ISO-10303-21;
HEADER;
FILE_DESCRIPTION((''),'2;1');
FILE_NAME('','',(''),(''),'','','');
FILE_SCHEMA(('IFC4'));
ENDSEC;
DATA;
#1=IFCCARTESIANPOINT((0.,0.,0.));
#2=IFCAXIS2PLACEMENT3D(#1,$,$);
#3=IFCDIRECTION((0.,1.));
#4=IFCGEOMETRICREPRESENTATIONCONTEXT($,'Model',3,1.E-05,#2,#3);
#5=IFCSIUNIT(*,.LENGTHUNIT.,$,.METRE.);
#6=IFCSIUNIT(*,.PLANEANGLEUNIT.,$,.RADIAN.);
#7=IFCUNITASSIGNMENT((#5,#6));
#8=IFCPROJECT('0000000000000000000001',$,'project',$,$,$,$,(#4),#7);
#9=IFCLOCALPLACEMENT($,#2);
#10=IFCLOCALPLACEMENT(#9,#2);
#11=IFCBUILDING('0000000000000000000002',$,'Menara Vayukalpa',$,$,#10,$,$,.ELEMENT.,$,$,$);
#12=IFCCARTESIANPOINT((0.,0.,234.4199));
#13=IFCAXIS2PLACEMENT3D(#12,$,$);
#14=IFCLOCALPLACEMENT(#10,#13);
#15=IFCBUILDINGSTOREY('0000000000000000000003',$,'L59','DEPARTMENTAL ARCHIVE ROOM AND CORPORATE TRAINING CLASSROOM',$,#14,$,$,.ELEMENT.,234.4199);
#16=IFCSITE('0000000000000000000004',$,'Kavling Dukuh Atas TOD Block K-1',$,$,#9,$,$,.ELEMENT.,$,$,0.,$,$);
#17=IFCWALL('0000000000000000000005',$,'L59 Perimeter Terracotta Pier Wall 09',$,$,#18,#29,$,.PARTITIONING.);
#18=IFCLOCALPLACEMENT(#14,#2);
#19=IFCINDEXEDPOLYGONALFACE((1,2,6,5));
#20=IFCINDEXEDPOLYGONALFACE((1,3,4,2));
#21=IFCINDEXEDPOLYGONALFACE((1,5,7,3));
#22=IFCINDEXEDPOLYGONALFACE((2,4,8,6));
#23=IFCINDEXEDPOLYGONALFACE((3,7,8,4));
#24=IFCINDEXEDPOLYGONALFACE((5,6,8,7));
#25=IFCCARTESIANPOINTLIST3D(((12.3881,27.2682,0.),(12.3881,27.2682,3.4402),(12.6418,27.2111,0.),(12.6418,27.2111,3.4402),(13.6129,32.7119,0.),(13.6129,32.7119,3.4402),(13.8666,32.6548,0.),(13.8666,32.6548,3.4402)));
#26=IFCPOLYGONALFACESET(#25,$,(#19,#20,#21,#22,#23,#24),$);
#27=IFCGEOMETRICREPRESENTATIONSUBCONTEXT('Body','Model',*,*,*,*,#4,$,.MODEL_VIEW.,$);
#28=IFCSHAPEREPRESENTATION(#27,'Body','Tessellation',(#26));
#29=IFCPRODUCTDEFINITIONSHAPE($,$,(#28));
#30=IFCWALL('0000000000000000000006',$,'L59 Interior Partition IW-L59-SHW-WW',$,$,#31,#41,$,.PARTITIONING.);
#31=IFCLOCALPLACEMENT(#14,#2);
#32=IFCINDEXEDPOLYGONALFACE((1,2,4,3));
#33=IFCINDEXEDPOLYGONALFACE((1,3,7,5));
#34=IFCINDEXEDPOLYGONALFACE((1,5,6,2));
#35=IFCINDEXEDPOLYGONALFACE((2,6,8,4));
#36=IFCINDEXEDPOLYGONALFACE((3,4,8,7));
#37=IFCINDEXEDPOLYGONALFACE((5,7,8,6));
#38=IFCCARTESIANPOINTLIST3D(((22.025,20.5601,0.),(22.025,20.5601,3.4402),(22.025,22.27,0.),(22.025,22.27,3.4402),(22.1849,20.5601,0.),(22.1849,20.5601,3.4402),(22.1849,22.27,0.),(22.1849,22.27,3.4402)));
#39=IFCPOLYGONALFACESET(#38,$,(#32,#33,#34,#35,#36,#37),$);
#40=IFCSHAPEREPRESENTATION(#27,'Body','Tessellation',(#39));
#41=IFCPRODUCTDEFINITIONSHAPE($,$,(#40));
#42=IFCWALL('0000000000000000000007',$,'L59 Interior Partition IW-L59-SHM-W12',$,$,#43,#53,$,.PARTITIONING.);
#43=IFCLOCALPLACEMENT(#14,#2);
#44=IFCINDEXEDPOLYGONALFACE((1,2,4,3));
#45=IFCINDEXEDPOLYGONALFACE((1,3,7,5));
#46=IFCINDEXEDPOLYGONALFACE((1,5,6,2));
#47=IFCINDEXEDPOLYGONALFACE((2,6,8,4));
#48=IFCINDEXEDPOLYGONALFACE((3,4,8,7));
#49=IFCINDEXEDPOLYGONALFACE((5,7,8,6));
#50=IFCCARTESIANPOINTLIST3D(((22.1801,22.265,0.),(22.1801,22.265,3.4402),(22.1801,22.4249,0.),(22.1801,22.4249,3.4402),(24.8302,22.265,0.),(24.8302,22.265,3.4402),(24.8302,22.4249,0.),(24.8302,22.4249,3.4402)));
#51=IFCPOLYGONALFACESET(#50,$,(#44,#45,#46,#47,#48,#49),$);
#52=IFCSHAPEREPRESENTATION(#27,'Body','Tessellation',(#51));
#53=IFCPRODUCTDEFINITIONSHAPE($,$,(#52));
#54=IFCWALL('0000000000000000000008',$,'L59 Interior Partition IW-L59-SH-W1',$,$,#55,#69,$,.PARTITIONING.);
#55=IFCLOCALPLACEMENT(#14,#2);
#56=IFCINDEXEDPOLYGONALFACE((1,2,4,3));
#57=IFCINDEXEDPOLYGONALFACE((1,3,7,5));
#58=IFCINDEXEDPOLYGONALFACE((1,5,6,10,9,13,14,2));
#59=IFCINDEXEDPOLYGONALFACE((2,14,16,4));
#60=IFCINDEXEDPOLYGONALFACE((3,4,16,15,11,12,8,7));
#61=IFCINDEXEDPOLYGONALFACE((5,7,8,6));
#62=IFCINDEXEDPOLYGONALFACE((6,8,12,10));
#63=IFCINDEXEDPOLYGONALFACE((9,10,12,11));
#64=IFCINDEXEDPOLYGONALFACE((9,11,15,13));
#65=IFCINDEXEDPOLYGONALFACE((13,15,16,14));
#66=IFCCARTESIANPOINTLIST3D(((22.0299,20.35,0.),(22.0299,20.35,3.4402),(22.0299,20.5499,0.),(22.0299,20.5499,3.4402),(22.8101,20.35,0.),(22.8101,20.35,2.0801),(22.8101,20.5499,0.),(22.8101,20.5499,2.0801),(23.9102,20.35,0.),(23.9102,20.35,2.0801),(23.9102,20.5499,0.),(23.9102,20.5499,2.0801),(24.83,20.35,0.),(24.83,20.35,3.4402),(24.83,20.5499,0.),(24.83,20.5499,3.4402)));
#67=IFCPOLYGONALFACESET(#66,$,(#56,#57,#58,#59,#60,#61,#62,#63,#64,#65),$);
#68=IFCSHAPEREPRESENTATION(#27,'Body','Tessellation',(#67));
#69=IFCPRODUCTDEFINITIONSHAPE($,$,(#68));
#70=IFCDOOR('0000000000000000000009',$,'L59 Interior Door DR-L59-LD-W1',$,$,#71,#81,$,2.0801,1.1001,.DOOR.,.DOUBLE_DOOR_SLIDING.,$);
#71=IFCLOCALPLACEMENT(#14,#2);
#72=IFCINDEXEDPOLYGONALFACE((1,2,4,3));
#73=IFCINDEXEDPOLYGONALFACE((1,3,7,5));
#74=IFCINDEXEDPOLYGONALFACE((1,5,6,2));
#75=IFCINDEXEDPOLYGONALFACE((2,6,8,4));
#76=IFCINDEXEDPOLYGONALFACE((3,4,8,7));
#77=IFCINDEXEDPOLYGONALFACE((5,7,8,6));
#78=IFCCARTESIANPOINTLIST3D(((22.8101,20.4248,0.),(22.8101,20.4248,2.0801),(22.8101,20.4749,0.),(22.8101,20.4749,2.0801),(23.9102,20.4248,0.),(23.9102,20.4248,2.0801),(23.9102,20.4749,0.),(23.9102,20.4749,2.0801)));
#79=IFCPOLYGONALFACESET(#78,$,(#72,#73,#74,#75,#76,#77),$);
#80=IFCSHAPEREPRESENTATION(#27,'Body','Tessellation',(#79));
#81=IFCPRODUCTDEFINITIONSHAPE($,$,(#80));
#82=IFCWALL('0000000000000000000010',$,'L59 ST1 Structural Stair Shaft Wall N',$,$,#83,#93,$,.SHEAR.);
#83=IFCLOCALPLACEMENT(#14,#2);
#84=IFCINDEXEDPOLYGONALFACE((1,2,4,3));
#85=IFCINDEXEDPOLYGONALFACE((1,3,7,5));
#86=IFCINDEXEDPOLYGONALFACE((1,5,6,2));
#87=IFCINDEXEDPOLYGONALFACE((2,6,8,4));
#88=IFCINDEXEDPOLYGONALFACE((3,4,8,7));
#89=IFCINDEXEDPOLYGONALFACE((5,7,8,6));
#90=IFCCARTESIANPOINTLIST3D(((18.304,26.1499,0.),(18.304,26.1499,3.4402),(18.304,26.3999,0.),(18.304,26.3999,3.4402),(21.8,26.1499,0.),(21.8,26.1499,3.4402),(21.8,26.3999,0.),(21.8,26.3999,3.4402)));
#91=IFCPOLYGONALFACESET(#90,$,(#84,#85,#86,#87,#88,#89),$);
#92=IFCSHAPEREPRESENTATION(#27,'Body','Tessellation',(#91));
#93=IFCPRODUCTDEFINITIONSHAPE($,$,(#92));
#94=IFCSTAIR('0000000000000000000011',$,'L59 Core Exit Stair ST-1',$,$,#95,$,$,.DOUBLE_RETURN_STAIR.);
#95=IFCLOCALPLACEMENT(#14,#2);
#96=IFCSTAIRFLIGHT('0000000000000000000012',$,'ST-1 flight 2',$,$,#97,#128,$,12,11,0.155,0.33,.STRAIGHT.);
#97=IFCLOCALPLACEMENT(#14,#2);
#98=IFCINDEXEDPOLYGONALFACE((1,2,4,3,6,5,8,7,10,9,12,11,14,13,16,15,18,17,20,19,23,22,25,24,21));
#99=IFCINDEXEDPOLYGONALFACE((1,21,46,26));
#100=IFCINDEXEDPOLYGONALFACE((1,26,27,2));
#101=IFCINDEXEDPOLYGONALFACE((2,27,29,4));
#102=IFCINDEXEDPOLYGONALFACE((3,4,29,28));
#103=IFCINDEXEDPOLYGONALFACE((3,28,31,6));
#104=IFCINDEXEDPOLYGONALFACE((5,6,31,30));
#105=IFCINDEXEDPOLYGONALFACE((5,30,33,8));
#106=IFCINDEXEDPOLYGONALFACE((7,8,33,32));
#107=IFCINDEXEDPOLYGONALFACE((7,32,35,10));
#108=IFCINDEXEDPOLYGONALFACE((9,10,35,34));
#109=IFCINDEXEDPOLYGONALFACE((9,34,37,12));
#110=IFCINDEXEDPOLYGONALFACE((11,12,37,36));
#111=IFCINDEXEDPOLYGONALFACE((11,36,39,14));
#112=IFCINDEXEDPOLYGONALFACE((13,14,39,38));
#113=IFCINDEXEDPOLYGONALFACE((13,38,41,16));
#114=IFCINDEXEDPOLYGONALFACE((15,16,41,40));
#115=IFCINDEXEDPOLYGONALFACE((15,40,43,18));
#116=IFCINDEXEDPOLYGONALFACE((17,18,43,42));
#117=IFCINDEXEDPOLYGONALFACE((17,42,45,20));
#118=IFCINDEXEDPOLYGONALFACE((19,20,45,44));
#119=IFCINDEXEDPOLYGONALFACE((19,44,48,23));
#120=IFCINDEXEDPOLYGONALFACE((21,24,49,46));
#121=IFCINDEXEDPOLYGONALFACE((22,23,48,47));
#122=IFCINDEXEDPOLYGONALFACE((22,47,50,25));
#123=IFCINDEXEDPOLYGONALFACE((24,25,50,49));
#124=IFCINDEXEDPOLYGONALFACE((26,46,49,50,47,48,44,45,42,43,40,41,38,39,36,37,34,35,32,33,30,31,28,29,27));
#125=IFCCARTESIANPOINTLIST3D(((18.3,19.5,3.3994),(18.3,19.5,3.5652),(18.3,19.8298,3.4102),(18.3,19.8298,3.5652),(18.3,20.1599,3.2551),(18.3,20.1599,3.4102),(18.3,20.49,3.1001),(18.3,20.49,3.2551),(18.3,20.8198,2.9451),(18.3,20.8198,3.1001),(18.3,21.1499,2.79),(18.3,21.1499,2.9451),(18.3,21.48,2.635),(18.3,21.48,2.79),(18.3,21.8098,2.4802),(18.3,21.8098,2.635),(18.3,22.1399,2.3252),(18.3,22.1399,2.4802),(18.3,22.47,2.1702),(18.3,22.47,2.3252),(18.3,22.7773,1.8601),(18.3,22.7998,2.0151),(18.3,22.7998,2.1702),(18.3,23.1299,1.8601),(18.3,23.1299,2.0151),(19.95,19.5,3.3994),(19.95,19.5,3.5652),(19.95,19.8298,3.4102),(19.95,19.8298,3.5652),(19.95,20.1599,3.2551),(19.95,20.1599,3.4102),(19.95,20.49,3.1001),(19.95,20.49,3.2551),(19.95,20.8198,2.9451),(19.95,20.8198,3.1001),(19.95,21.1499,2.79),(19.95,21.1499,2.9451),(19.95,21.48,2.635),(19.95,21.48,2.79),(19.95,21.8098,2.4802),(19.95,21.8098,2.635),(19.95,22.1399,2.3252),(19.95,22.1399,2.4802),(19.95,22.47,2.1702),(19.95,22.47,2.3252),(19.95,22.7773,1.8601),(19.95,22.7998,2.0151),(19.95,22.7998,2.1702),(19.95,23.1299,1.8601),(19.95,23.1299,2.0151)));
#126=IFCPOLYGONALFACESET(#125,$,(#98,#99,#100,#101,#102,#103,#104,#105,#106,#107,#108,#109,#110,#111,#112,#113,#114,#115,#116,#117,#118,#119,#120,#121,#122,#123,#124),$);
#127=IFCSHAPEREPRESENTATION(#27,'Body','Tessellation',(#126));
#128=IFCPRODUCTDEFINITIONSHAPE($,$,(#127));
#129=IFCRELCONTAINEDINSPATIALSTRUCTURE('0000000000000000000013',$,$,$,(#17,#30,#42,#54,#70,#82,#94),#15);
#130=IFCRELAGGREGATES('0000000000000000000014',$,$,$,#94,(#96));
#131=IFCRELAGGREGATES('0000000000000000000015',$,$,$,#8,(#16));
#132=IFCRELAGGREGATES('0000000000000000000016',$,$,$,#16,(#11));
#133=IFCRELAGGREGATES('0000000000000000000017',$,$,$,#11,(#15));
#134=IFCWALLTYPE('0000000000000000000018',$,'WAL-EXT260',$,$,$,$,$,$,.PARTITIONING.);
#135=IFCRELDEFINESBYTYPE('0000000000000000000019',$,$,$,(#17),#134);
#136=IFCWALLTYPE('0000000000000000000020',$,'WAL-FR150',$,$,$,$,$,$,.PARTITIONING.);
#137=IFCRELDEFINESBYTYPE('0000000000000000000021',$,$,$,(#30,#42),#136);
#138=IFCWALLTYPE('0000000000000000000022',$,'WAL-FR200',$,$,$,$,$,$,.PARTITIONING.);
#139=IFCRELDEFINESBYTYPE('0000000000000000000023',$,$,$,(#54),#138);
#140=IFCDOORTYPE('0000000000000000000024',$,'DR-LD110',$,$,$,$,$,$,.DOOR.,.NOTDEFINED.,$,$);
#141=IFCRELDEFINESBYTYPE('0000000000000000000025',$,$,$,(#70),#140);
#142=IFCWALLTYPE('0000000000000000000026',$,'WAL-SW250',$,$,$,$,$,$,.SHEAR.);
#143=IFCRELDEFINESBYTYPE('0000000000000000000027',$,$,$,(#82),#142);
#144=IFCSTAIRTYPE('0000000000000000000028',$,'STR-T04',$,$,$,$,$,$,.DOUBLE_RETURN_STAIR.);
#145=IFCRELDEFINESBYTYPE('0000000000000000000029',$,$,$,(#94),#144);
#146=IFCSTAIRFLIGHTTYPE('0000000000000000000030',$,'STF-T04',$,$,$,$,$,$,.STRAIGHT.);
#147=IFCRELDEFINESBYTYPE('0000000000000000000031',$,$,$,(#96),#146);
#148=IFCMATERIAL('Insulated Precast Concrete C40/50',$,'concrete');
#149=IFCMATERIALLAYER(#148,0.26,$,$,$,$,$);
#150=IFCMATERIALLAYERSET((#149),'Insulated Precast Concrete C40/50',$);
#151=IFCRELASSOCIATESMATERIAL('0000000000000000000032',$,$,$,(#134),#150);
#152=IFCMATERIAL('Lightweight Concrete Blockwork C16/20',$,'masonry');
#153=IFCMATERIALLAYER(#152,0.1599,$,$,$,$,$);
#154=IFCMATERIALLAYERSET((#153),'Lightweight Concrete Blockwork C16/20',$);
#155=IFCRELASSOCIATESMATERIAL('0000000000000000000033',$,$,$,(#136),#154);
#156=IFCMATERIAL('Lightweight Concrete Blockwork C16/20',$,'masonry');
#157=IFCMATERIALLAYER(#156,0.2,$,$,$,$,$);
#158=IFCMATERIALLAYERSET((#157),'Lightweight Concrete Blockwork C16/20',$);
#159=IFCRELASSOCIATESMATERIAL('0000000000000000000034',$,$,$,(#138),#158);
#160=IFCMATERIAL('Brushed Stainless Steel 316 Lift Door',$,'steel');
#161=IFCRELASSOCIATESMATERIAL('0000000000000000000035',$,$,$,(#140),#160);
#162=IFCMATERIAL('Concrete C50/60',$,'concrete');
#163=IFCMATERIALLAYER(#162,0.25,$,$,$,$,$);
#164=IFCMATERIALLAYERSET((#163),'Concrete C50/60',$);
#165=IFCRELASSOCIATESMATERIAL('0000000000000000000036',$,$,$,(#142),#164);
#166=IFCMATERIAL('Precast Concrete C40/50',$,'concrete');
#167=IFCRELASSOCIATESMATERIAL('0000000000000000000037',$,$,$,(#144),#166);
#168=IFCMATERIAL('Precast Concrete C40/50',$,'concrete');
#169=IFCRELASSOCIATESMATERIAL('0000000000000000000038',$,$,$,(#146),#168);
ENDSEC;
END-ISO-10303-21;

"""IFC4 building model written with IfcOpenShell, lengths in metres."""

from ifc_helpers import new_model, si_unit, direction, frame, frame_2d, origin, place, context, subcontext, project, spatial, polyline, rectangle, outline, extrude, material, layer, layer_set, type_object, element, fill, aggregate, save


model = new_model("IFC4")

# Units and contexts
model_context = context("Model", 3, precision=1e-05, world=origin(), true_north=direction((0.0, 1.0)))
body_context = subcontext(model_context, "Body", "Model", "MODEL_VIEW")
ifc_project = project(units=[si_unit("LENGTHUNIT", "METRE"), si_unit("PLANEANGLEUNIT", "RADIAN")], contexts=[model_context])

# Site, building, storey
site_placement = place(None, origin())
site = spatial("IfcSite", under=ifc_project, at=site_placement, Name="Kavling Dukuh Atas TOD Block K-1", CompositionType="ELEMENT", RefElevation=0.0)
building_placement = place(site_placement, origin())
building = spatial("IfcBuilding", under=site, at=building_placement, Name="Menara Vayukalpa", CompositionType="ELEMENT")
storey_placement = place(building_placement, frame((0.0, 0.0, 234.4199)))
storey = spatial("IfcBuildingStorey", under=building, at=storey_placement, Name="L59", Description="DEPARTMENTAL ARCHIVE ROOM AND CORPORATE TRAINING CLASSROOM", CompositionType="ELEMENT", Elevation=234.4199)

# Walls
ifc_material_1 = material(Name="Insulated Precast Concrete C40/50", Category="concrete")
ifc_layer_1 = layer(ifc_material_1, 0.26)
ifc_layer_set_1 = layer_set([ifc_layer_1], Name="Insulated Precast Concrete C40/50")
wall_type_1 = type_object("IfcWallType", Name="WAL-EXT260", PredefinedType="PARTITIONING", material=ifc_layer_set_1)
wall_1_placement = place(storey_placement, frame((12.5149, 27.2395, 0.0), z_axis=(0.0, 0.0, 1.0), x_axis=(0.21951, 0.97561, 0.0)))
element("IfcWall", 1, at=wall_1_placement, inside=storey, type_object=wall_type_1, Name="L59 Perimeter Terracotta Pier Wall 09", PredefinedType="PARTITIONING", context=body_context, shape_type="SweptSolid", body=[
    extrude(rectangle(XDim=5.5798, YDim=0.26, at=frame_2d((2.79, 0.0))), origin(), (0.0, 0.0, 1.0), 3.4402),
])
ifc_material_2 = material(Name="Lightweight Concrete Blockwork C16/20", Category="masonry")
ifc_layer_2 = layer(ifc_material_2, 0.1599)
ifc_layer_set_2 = layer_set([ifc_layer_2], Name="Lightweight Concrete Blockwork C16/20")
wall_type_2 = type_object("IfcWallType", Name="WAL-FR150", PredefinedType="PARTITIONING", material=ifc_layer_set_2)
wall_2_placement = place(storey_placement, frame((22.105, 20.5601, 0.0), z_axis=(0.0, 0.0, 1.0), x_axis=(0.0, 1.0, 0.0)))
element("IfcWall", 2, at=wall_2_placement, inside=storey, type_object=wall_type_2, Name="L59 Interior Partition IW-L59-SHW-WW", PredefinedType="PARTITIONING", context=body_context, shape_type="SweptSolid", body=[
    extrude(rectangle(XDim=1.71, YDim=0.1599, at=frame_2d((0.855, 0.0))), origin(), (0.0, 0.0, 1.0), 3.4402),
])
wall_3_placement = place(storey_placement, frame((22.1799, 22.345, 0.0), z_axis=(0.0, 0.0, 1.0), x_axis=(1.0, 0.0, 0.0)))
element("IfcWall", 3, at=wall_3_placement, inside=storey, type_object=wall_type_2, Name="L59 Interior Partition IW-L59-SHM-W12", PredefinedType="PARTITIONING", context=body_context, shape_type="SweptSolid", body=[
    extrude(rectangle(XDim=2.6501, YDim=0.1599, at=frame_2d((1.3252, 0.0))), origin(), (0.0, 0.0, 1.0), 3.4402),
])

# Wall, opening, door
ifc_material_3 = material(Name="Lightweight Concrete Blockwork C16/20", Category="masonry")
ifc_layer_3 = layer(ifc_material_3, 0.2)
ifc_layer_set_3 = layer_set([ifc_layer_3], Name="Lightweight Concrete Blockwork C16/20")
wall_type_3 = type_object("IfcWallType", Name="WAL-FR200", PredefinedType="PARTITIONING", material=ifc_layer_set_3)
wall_4_placement = place(storey_placement, frame((22.03, 20.45, 0.0), z_axis=(0.0, 0.0, 1.0), x_axis=(1.0, 0.0, 0.0)))
wall_4 = element("IfcWall", 4, at=wall_4_placement, inside=storey, type_object=wall_type_3, Name="L59 Interior Partition IW-L59-SH-W1", PredefinedType="PARTITIONING", context=body_context, shape_type="SweptSolid", body=[
    extrude(rectangle(XDim=2.8, YDim=0.2, at=frame_2d((1.3999, 0.0))), origin(), (0.0, 0.0, 1.0), 3.4402),
])
opening_placement = place(wall_4_placement, frame((0.78, 0.0, 0.0)))
opening = element("IfcOpeningElement", 5, at=opening_placement, cuts=wall_4, PredefinedType="OPENING", context=body_context, shape_type="SweptSolid", body=[
    extrude(rectangle(XDim=1.1001, YDim=2.0801, at=frame_2d((0.55, 1.04))), frame((0.0, 0.1099, 0.0), z_axis=(0.0, -1.0, 0.0), x_axis=(1.0, 0.0, 0.0)), (0.0, 0.0, 1.0), 0.22),
])
ifc_material_4 = material(Name="Brushed Stainless Steel 316 Lift Door", Category="steel")
door_type = type_object("IfcDoorType", Name="DR-LD110", OperationType="NOTDEFINED", PredefinedType="DOOR", material=ifc_material_4)
door_placement = place(opening_placement, origin())
door = element("IfcDoor", 6, at=door_placement, inside=storey, type_object=door_type, Name="L59 Interior Door DR-L59-LD-W1", OperationType="DOUBLE_DOOR_SLIDING", OverallHeight=2.0801, OverallWidth=1.1001, PredefinedType="DOOR", context=body_context, shape_type="SweptSolid", body=[
    extrude(rectangle(XDim=1.1001, YDim=2.0801, at=frame_2d((0.55, 1.04))), frame((0.0, 0.0249, 0.0), z_axis=(0.0, -1.0, 0.0), x_axis=(1.0, 0.0, 0.0)), (0.0, 0.0, 1.0), 0.05),
])
fill(opening, door)

# Wall
ifc_material_5 = material(Name="Concrete C50/60", Category="concrete")
ifc_layer_4 = layer(ifc_material_5, 0.25)
ifc_layer_set_4 = layer_set([ifc_layer_4], Name="Concrete C50/60")
wall_type_4 = type_object("IfcWallType", Name="WAL-SW250", PredefinedType="SHEAR", material=ifc_layer_set_4)
wall_5_placement = place(storey_placement, frame((18.304, 26.2749, 0.0), z_axis=(0.0, 0.0, 1.0), x_axis=(1.0, 0.0, 0.0)))
element("IfcWall", 7, at=wall_5_placement, inside=storey, type_object=wall_type_4, Name="L59 ST1 Structural Stair Shaft Wall N", PredefinedType="SHEAR", context=body_context, shape_type="SweptSolid", body=[
    extrude(rectangle(XDim=3.4961, YDim=0.25, at=frame_2d((1.748, 0.0))), origin(), (0.0, 0.0, 1.0), 3.4402),
])

# Stair, stair flight
ifc_material_6 = material(Name="Precast Concrete C40/50", Category="concrete")
stair_type = type_object("IfcStairType", Name="STR-T04", PredefinedType="DOUBLE_RETURN_STAIR", material=ifc_material_6)
stair_placement = place(storey_placement, origin())
stair = element("IfcStair", 8, at=stair_placement, inside=storey, type_object=stair_type, Name="L59 Core Exit Stair ST-1", PredefinedType="DOUBLE_RETURN_STAIR")
ifc_material_7 = material(Name="Precast Concrete C40/50", Category="concrete")
stair_flight_type = type_object("IfcStairFlightType", Name="STF-T04", PredefinedType="STRAIGHT", material=ifc_material_7)
stair_flight_placement = place(storey_placement, frame((19.125, 23.1299, 1.8601), z_axis=(0.0, 0.0, 1.0), x_axis=(0.0, -1.0, 0.0)))
stair_flight = element("IfcStairFlight", 9, at=stair_flight_placement, type_object=stair_flight_type, Name="ST-1 flight 2", NumberOfRisers=12, NumberOfTreads=11, PredefinedType="STRAIGHT", RiserHeight=0.155, TreadLength=0.33, context=body_context, shape_type="SweptSolid", body=[
    extrude(outline(polyline([(0.0, 0.0), (0.0, 0.155), (0.3301, 0.155), (0.3301, 0.3101), (0.6599, 0.3101), (0.6599, 0.4651), (0.99, 0.4651), (0.99, 0.6201), (1.3201, 0.6201), (1.3201, 0.7749), (1.6499, 0.7749), (1.6499, 0.9299), (1.98, 0.9299), (1.98, 1.085), (2.3101, 1.085), (2.3101, 1.24), (2.6399, 1.24), (2.6399, 1.395), (2.97, 1.395), (2.97, 1.55), (3.3, 1.55), (3.3, 1.7051), (3.6299, 1.7051), (3.6299, 1.8601), (3.6299, 1.5393), (0.3525, 0.0), (0.0, 0.0)])), frame((0.0, 0.825, 0.0), z_axis=(0.0, -1.0, 0.0), x_axis=(1.0, 0.0, 0.0)), (0.0, 0.0, 1.0), 1.6499),
])
aggregate(stair, [stair_flight])

save(model, "model.ifc")
